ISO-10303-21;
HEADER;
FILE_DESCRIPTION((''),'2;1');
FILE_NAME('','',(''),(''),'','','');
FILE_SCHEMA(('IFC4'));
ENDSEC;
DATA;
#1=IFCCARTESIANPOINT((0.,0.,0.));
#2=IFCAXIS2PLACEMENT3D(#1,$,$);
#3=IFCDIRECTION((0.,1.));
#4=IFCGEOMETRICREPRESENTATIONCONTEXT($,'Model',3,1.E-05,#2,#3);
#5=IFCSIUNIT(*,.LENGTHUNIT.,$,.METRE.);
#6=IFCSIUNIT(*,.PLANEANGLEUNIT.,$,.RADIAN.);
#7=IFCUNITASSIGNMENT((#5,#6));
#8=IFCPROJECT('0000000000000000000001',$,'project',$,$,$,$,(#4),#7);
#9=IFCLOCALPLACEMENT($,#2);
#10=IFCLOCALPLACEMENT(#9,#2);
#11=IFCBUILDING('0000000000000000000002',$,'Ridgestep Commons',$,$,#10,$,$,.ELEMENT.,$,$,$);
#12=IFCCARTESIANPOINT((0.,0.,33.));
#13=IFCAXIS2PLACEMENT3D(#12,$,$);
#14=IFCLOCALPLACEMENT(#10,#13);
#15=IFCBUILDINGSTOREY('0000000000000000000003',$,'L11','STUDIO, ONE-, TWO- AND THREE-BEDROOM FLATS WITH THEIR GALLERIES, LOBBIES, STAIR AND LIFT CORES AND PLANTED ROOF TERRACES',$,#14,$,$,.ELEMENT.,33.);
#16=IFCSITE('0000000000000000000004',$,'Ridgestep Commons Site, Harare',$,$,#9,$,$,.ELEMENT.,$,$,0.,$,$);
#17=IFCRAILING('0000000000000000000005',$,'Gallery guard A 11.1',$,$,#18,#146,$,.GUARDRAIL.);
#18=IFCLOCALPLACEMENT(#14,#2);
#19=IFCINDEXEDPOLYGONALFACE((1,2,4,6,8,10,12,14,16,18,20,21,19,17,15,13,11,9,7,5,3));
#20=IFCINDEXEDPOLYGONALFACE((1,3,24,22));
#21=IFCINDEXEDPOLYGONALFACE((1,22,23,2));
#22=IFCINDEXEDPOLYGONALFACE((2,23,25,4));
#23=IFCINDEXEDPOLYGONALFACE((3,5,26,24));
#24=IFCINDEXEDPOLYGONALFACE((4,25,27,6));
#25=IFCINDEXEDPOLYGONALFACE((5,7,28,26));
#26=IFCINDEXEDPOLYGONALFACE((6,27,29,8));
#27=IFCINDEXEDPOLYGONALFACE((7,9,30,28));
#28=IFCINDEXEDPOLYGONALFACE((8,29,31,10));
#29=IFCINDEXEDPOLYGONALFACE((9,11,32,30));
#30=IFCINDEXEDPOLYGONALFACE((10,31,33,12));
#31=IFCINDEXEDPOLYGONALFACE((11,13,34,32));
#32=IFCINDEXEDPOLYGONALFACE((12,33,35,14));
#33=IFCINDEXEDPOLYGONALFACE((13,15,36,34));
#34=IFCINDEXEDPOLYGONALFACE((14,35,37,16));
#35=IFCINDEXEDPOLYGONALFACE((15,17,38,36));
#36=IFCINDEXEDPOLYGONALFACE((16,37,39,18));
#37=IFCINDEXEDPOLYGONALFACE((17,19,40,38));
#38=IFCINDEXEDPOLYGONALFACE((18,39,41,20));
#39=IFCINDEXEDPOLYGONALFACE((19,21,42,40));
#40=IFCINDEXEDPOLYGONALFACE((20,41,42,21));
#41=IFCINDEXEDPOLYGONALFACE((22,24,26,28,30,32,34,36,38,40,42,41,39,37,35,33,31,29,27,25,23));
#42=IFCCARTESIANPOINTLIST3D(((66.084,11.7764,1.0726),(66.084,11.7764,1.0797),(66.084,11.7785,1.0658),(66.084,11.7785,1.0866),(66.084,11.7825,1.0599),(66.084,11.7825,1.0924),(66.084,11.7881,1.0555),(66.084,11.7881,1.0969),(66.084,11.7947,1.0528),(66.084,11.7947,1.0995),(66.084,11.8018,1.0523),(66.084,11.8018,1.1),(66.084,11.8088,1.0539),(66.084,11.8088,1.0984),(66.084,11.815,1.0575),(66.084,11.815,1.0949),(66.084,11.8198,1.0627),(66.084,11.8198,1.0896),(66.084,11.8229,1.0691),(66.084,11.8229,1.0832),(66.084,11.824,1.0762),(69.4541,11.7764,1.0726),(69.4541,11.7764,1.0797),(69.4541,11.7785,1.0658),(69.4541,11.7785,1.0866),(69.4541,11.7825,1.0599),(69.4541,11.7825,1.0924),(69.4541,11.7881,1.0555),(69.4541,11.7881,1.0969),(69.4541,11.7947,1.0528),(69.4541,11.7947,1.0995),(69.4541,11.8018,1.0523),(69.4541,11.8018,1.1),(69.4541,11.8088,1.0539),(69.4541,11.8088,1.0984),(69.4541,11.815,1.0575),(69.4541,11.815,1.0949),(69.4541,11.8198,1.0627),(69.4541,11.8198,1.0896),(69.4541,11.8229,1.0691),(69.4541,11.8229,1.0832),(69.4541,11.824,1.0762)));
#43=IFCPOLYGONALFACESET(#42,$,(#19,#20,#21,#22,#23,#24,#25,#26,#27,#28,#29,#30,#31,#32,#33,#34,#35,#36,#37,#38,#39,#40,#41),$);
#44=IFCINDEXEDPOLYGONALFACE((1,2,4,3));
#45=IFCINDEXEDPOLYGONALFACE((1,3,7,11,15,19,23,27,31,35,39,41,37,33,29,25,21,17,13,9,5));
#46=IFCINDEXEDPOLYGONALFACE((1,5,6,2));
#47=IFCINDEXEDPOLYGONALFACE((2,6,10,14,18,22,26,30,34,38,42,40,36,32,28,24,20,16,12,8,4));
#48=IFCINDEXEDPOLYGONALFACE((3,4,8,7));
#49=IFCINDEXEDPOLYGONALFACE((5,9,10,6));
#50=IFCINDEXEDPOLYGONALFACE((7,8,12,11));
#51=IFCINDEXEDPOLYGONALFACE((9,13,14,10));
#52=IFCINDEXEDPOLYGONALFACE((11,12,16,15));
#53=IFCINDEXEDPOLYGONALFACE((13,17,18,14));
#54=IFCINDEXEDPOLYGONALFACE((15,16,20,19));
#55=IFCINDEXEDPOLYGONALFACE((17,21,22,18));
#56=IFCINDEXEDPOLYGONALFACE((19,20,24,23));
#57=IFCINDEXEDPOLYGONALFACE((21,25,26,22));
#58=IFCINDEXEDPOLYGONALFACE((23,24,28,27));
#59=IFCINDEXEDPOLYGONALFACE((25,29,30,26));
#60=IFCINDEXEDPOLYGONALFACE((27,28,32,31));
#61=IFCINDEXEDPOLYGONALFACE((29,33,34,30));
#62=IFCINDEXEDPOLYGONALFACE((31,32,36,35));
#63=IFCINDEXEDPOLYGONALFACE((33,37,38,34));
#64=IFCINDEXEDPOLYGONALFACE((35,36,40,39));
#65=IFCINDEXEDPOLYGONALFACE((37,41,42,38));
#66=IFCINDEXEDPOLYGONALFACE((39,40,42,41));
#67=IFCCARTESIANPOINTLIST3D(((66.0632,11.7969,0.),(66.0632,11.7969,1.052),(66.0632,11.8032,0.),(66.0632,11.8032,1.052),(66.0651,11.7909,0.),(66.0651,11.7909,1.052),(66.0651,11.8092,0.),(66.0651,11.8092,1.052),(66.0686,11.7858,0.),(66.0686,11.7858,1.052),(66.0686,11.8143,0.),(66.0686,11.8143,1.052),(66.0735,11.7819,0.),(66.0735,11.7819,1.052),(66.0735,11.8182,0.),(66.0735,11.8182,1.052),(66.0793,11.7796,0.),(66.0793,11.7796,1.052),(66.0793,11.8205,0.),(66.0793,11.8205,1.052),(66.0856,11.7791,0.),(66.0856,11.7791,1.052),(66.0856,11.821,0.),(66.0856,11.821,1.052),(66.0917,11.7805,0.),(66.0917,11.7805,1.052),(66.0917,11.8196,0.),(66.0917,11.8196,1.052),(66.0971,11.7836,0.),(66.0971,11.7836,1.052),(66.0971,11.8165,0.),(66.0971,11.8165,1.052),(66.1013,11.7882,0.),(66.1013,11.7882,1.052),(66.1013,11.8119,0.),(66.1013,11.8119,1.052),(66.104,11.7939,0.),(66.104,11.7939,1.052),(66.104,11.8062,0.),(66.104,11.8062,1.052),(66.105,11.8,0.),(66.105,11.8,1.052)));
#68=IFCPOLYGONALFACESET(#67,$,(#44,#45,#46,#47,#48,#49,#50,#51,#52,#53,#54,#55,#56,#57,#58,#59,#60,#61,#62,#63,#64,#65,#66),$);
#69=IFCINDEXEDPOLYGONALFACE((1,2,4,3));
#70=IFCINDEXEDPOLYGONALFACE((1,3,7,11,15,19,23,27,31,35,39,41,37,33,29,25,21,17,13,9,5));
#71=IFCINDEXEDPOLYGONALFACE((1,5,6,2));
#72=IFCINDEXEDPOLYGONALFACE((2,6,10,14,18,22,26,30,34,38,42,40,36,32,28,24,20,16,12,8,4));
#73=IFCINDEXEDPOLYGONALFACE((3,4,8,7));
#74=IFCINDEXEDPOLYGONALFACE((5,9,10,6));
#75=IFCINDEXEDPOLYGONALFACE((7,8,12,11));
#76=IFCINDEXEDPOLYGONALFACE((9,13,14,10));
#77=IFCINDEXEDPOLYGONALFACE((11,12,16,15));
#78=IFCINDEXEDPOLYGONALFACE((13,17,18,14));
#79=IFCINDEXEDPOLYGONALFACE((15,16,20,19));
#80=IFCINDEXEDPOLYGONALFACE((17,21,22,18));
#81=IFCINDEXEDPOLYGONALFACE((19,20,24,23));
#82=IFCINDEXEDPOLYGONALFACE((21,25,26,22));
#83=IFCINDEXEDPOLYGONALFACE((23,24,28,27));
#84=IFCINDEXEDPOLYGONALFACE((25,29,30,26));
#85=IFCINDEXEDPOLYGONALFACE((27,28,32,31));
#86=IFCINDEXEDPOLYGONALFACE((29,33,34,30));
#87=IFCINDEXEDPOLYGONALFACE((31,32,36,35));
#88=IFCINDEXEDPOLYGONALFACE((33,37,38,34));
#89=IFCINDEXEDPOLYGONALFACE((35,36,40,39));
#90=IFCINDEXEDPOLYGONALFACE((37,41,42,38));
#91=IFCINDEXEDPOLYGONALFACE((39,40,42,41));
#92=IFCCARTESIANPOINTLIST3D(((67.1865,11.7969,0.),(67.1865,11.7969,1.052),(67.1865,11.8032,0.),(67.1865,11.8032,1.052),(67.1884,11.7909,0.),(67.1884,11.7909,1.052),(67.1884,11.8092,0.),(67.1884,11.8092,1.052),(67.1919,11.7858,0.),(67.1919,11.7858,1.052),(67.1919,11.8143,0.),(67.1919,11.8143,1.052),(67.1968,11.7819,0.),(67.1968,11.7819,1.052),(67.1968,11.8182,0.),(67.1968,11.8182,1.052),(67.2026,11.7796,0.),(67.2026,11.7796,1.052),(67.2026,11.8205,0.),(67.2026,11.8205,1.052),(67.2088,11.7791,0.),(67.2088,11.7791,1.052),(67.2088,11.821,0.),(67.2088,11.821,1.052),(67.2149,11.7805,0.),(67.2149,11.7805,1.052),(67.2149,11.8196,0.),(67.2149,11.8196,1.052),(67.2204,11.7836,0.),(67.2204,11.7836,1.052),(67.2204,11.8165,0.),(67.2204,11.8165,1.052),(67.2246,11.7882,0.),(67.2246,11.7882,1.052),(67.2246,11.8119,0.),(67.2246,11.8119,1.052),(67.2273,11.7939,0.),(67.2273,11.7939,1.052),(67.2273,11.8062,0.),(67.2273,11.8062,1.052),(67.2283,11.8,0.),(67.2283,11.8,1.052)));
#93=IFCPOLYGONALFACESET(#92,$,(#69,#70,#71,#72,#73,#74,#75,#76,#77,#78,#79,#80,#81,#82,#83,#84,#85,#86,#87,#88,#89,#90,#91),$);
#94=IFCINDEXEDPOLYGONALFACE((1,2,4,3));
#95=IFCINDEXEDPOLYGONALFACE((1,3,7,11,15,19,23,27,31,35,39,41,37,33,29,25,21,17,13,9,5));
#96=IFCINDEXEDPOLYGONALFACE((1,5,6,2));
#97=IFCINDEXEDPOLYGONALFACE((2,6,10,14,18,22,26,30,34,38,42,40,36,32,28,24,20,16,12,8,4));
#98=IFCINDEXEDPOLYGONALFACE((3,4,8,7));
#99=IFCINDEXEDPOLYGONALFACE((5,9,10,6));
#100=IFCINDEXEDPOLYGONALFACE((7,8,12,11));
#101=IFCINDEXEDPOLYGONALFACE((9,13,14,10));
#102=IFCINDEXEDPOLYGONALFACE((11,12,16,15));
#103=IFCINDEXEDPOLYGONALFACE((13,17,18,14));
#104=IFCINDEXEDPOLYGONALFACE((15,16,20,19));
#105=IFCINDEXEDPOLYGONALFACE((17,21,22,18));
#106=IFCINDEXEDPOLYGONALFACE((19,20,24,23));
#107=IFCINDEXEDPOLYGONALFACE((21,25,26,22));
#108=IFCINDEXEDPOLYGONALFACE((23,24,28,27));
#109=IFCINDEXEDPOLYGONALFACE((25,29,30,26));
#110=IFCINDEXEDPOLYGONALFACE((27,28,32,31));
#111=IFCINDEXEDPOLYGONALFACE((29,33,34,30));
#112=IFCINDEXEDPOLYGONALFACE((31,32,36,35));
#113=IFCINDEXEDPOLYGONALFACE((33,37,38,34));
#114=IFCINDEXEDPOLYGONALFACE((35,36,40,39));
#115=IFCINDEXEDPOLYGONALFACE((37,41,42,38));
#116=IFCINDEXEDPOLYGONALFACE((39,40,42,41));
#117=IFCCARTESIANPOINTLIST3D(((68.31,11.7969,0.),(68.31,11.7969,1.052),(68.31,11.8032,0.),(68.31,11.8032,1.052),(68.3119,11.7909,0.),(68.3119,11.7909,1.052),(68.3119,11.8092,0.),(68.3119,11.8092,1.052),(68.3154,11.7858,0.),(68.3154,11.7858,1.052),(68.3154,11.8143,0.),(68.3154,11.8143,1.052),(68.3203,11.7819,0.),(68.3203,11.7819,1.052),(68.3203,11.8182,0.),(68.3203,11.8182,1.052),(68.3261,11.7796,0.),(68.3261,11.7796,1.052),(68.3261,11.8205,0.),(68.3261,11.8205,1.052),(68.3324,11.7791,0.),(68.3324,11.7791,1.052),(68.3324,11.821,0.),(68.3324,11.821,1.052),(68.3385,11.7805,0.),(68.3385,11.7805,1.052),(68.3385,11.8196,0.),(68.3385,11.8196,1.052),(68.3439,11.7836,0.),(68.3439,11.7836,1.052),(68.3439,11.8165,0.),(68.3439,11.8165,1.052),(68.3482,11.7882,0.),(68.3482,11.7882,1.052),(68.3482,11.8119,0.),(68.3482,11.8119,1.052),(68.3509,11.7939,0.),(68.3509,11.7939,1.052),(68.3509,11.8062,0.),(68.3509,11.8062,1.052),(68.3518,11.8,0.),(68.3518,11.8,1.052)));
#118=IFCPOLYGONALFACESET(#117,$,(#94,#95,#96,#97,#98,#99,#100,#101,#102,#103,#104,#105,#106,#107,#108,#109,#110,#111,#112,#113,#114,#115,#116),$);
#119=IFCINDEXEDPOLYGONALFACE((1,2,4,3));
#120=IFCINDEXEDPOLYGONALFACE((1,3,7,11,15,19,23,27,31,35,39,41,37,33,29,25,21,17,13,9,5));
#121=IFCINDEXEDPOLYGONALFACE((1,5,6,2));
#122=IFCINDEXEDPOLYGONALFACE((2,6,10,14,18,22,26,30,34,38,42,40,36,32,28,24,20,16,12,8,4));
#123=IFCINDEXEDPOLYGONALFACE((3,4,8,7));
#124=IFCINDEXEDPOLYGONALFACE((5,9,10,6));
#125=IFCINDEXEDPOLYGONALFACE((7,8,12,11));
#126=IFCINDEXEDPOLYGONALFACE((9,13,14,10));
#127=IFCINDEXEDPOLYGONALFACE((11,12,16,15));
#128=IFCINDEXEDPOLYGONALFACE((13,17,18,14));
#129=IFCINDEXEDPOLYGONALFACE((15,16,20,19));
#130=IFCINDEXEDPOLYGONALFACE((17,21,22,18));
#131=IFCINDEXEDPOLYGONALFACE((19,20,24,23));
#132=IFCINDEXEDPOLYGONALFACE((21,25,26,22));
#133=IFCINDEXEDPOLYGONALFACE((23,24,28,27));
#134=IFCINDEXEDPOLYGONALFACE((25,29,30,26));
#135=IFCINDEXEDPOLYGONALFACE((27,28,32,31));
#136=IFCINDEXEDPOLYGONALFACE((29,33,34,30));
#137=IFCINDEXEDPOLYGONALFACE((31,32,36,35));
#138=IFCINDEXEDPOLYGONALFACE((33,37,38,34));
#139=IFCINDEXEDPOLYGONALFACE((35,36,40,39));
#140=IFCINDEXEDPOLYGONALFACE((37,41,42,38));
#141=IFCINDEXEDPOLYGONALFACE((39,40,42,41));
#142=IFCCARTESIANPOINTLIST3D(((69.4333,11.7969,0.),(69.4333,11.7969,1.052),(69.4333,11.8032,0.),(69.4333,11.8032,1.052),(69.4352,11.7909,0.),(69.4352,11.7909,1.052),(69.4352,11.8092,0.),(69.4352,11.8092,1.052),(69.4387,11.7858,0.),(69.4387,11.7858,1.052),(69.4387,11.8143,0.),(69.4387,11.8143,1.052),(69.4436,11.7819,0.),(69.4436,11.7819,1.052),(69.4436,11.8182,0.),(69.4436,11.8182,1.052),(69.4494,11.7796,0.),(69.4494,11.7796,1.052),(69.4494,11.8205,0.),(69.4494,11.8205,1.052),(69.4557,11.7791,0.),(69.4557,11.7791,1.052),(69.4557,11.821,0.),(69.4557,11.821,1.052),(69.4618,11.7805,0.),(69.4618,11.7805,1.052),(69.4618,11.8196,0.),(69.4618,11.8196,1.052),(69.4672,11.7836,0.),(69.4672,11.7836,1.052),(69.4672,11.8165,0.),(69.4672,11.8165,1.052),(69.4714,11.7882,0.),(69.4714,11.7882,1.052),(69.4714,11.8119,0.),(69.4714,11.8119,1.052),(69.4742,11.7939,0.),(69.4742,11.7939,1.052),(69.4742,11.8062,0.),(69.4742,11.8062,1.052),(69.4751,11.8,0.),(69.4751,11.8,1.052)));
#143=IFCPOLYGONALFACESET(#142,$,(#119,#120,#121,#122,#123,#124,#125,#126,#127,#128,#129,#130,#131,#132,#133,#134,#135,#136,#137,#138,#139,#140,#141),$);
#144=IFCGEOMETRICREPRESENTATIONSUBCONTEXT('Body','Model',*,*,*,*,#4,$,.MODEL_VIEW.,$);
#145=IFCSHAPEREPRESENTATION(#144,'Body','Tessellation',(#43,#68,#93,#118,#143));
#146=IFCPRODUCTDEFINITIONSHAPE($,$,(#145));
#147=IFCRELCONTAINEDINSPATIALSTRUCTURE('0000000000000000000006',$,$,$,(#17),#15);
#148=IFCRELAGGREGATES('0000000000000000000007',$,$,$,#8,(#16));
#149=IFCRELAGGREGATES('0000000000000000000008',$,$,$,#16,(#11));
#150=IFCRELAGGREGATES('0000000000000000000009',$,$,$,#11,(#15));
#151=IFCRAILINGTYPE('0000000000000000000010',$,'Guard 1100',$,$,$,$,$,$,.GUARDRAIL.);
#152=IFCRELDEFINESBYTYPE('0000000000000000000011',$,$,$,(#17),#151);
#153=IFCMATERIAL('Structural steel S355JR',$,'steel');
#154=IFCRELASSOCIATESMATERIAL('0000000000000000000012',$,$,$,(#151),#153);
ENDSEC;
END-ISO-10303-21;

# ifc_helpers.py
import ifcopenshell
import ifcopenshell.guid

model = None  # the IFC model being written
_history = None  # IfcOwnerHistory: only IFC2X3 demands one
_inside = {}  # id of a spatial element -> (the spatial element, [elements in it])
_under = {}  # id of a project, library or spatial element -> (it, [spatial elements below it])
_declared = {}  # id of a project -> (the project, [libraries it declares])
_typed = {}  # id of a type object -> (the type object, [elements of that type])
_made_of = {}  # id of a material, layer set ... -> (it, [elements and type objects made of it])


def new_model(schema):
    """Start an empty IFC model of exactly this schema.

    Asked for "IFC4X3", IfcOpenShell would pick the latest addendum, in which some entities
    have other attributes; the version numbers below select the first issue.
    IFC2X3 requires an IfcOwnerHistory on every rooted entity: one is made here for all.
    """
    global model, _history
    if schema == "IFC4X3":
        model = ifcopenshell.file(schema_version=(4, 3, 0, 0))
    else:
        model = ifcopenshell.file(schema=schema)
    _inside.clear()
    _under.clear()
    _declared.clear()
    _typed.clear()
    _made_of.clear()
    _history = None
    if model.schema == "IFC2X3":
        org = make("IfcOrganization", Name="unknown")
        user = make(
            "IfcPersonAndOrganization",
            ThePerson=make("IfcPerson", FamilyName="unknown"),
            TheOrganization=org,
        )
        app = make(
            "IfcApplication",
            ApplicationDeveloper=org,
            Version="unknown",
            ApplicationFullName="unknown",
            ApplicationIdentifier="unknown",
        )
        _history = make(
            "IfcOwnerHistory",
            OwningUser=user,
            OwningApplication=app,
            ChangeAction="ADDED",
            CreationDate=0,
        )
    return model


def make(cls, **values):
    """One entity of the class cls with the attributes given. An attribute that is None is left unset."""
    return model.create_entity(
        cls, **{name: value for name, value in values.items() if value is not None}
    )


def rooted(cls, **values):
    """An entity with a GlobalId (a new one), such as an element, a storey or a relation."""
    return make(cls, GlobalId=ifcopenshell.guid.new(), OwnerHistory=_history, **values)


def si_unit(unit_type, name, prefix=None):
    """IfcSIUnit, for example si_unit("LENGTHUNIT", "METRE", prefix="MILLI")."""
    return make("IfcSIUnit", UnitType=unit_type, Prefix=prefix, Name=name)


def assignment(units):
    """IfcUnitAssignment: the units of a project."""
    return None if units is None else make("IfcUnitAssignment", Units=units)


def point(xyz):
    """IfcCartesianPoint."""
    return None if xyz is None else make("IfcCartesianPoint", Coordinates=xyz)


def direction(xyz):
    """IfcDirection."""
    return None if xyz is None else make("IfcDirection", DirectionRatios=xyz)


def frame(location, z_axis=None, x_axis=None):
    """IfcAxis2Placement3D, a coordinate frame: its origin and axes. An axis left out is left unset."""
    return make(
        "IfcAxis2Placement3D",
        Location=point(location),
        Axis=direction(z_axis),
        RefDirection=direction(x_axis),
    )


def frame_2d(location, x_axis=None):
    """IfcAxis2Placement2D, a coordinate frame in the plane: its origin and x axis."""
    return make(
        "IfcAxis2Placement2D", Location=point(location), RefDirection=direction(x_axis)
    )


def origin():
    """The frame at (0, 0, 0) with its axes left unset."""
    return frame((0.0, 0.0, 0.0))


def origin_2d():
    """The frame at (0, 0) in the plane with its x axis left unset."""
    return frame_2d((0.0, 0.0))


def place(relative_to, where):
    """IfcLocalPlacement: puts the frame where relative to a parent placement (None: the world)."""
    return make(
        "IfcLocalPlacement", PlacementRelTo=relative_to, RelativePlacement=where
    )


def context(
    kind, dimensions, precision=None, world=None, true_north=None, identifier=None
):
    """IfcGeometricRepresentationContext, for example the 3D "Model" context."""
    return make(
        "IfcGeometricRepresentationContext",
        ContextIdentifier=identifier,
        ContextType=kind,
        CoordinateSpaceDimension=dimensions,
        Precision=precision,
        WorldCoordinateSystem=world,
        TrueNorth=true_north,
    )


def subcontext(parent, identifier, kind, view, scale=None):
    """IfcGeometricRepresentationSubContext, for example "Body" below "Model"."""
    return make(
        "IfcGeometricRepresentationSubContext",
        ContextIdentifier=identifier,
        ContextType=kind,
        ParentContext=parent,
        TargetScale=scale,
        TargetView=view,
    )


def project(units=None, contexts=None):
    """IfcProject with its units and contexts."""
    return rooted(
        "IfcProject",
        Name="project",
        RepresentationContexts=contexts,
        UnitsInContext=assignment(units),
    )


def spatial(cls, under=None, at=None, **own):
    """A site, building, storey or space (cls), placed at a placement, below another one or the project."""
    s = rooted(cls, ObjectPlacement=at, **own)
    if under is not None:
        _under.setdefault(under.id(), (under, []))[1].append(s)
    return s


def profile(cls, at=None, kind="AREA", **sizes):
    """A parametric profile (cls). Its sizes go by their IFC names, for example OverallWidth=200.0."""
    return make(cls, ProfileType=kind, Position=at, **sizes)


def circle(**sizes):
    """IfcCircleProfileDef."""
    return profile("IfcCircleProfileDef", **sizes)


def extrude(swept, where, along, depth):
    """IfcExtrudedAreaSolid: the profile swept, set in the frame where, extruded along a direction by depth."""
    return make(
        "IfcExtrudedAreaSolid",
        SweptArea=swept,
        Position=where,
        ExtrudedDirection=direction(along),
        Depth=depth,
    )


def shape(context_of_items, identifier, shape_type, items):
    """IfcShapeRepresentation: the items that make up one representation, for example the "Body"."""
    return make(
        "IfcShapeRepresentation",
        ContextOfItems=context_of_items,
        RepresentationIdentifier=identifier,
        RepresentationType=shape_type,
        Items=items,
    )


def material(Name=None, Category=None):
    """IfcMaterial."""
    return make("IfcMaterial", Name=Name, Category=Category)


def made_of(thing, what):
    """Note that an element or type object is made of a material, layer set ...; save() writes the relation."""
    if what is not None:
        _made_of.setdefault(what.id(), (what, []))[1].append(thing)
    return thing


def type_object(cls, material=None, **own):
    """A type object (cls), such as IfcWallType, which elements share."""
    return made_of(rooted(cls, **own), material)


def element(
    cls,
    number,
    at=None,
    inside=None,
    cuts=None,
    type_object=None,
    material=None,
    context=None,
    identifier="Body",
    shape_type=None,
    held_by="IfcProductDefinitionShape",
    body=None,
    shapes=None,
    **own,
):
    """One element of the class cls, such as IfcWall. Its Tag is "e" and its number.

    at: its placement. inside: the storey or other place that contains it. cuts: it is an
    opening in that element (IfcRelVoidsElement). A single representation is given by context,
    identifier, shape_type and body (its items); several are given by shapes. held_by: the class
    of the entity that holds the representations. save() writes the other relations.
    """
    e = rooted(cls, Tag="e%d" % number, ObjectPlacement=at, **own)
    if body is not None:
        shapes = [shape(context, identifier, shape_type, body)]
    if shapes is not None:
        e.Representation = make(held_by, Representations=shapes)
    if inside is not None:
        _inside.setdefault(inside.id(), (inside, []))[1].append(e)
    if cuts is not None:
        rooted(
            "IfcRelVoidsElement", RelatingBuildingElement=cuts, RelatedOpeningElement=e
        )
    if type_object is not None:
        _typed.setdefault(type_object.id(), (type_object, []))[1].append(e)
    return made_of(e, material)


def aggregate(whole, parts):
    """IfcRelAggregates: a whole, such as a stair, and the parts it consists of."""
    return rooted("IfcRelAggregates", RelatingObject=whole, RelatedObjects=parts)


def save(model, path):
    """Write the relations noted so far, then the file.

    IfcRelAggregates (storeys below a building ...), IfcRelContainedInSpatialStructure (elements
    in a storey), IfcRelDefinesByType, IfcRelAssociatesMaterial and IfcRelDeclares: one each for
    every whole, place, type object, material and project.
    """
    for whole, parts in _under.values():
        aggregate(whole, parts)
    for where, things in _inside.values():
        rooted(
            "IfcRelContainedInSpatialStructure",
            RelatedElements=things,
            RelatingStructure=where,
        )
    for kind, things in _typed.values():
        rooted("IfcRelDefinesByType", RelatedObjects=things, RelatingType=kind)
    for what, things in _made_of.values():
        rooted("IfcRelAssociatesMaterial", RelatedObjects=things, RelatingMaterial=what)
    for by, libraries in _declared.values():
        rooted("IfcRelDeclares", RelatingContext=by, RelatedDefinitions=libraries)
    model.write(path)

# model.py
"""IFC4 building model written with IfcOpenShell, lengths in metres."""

from ifc_helpers import new_model, si_unit, direction, frame, origin, origin_2d, place, context, subcontext, project, spatial, circle, extrude, material, type_object, element, save


model = new_model("IFC4")

# Units and contexts
model_context = context("Model", 3, precision=1e-05, world=origin(), true_north=direction((0.0, 1.0)))
body_context = subcontext(model_context, "Body", "Model", "MODEL_VIEW")
ifc_project = project(units=[si_unit("LENGTHUNIT", "METRE"), si_unit("PLANEANGLEUNIT", "RADIAN")], contexts=[model_context])

# Site, building, storey
site_placement = place(None, origin())
site = spatial("IfcSite", under=ifc_project, at=site_placement, Name="Ridgestep Commons Site, Harare", CompositionType="ELEMENT", RefElevation=0.0)
building_placement = place(site_placement, origin())
building = spatial("IfcBuilding", under=site, at=building_placement, Name="Ridgestep Commons", CompositionType="ELEMENT")
storey_placement = place(building_placement, frame((0.0, 0.0, 33.0)))
storey = spatial("IfcBuildingStorey", under=building, at=storey_placement, Name="L11", Description="STUDIO, ONE-, TWO- AND THREE-BEDROOM FLATS WITH THEIR GALLERIES, LOBBIES, STAIR AND LIFT CORES AND PLANTED ROOF TERRACES", CompositionType="ELEMENT", Elevation=33.0)

# Railing
ifc_material_1 = material(Name="Structural steel S355JR", Category="steel")
railing_type = type_object("IfcRailingType", Name="Guard 1100", PredefinedType="GUARDRAIL", material=ifc_material_1)
railing_1_placement = place(storey_placement, frame((66.084, 11.8, 0.0)))
element("IfcRailing", 1, at=railing_1_placement, inside=storey, type_object=railing_type, Name="Gallery guard A 11.1", PredefinedType="GUARDRAIL", context=body_context, shape_type="SweptSolid", body=[
    extrude(circle(Radius=0.0239, at=origin_2d()), frame((0.0, 0.0, 1.0762), z_axis=(1.0, 0.0, 0.0), x_axis=(0.0, 1.0, 0.0)), (0.0, 0.0, 1.0), 3.3701),
    extrude(circle(Radius=0.021, at=origin_2d()), origin(), (0.0, 0.0, 1.0), 1.052),
    extrude(circle(Radius=0.021, at=origin_2d()), frame((1.1233, 0.0, 0.0)), (0.0, 0.0, 1.0), 1.052),
    extrude(circle(Radius=0.021, at=origin_2d()), frame((2.2468, 0.0, 0.0)), (0.0, 0.0, 1.0), 1.052),
    extrude(circle(Radius=0.021, at=origin_2d()), frame((3.3701, 0.0, 0.0)), (0.0, 0.0, 1.0), 1.052),
])

save(model, "model.ifc")
